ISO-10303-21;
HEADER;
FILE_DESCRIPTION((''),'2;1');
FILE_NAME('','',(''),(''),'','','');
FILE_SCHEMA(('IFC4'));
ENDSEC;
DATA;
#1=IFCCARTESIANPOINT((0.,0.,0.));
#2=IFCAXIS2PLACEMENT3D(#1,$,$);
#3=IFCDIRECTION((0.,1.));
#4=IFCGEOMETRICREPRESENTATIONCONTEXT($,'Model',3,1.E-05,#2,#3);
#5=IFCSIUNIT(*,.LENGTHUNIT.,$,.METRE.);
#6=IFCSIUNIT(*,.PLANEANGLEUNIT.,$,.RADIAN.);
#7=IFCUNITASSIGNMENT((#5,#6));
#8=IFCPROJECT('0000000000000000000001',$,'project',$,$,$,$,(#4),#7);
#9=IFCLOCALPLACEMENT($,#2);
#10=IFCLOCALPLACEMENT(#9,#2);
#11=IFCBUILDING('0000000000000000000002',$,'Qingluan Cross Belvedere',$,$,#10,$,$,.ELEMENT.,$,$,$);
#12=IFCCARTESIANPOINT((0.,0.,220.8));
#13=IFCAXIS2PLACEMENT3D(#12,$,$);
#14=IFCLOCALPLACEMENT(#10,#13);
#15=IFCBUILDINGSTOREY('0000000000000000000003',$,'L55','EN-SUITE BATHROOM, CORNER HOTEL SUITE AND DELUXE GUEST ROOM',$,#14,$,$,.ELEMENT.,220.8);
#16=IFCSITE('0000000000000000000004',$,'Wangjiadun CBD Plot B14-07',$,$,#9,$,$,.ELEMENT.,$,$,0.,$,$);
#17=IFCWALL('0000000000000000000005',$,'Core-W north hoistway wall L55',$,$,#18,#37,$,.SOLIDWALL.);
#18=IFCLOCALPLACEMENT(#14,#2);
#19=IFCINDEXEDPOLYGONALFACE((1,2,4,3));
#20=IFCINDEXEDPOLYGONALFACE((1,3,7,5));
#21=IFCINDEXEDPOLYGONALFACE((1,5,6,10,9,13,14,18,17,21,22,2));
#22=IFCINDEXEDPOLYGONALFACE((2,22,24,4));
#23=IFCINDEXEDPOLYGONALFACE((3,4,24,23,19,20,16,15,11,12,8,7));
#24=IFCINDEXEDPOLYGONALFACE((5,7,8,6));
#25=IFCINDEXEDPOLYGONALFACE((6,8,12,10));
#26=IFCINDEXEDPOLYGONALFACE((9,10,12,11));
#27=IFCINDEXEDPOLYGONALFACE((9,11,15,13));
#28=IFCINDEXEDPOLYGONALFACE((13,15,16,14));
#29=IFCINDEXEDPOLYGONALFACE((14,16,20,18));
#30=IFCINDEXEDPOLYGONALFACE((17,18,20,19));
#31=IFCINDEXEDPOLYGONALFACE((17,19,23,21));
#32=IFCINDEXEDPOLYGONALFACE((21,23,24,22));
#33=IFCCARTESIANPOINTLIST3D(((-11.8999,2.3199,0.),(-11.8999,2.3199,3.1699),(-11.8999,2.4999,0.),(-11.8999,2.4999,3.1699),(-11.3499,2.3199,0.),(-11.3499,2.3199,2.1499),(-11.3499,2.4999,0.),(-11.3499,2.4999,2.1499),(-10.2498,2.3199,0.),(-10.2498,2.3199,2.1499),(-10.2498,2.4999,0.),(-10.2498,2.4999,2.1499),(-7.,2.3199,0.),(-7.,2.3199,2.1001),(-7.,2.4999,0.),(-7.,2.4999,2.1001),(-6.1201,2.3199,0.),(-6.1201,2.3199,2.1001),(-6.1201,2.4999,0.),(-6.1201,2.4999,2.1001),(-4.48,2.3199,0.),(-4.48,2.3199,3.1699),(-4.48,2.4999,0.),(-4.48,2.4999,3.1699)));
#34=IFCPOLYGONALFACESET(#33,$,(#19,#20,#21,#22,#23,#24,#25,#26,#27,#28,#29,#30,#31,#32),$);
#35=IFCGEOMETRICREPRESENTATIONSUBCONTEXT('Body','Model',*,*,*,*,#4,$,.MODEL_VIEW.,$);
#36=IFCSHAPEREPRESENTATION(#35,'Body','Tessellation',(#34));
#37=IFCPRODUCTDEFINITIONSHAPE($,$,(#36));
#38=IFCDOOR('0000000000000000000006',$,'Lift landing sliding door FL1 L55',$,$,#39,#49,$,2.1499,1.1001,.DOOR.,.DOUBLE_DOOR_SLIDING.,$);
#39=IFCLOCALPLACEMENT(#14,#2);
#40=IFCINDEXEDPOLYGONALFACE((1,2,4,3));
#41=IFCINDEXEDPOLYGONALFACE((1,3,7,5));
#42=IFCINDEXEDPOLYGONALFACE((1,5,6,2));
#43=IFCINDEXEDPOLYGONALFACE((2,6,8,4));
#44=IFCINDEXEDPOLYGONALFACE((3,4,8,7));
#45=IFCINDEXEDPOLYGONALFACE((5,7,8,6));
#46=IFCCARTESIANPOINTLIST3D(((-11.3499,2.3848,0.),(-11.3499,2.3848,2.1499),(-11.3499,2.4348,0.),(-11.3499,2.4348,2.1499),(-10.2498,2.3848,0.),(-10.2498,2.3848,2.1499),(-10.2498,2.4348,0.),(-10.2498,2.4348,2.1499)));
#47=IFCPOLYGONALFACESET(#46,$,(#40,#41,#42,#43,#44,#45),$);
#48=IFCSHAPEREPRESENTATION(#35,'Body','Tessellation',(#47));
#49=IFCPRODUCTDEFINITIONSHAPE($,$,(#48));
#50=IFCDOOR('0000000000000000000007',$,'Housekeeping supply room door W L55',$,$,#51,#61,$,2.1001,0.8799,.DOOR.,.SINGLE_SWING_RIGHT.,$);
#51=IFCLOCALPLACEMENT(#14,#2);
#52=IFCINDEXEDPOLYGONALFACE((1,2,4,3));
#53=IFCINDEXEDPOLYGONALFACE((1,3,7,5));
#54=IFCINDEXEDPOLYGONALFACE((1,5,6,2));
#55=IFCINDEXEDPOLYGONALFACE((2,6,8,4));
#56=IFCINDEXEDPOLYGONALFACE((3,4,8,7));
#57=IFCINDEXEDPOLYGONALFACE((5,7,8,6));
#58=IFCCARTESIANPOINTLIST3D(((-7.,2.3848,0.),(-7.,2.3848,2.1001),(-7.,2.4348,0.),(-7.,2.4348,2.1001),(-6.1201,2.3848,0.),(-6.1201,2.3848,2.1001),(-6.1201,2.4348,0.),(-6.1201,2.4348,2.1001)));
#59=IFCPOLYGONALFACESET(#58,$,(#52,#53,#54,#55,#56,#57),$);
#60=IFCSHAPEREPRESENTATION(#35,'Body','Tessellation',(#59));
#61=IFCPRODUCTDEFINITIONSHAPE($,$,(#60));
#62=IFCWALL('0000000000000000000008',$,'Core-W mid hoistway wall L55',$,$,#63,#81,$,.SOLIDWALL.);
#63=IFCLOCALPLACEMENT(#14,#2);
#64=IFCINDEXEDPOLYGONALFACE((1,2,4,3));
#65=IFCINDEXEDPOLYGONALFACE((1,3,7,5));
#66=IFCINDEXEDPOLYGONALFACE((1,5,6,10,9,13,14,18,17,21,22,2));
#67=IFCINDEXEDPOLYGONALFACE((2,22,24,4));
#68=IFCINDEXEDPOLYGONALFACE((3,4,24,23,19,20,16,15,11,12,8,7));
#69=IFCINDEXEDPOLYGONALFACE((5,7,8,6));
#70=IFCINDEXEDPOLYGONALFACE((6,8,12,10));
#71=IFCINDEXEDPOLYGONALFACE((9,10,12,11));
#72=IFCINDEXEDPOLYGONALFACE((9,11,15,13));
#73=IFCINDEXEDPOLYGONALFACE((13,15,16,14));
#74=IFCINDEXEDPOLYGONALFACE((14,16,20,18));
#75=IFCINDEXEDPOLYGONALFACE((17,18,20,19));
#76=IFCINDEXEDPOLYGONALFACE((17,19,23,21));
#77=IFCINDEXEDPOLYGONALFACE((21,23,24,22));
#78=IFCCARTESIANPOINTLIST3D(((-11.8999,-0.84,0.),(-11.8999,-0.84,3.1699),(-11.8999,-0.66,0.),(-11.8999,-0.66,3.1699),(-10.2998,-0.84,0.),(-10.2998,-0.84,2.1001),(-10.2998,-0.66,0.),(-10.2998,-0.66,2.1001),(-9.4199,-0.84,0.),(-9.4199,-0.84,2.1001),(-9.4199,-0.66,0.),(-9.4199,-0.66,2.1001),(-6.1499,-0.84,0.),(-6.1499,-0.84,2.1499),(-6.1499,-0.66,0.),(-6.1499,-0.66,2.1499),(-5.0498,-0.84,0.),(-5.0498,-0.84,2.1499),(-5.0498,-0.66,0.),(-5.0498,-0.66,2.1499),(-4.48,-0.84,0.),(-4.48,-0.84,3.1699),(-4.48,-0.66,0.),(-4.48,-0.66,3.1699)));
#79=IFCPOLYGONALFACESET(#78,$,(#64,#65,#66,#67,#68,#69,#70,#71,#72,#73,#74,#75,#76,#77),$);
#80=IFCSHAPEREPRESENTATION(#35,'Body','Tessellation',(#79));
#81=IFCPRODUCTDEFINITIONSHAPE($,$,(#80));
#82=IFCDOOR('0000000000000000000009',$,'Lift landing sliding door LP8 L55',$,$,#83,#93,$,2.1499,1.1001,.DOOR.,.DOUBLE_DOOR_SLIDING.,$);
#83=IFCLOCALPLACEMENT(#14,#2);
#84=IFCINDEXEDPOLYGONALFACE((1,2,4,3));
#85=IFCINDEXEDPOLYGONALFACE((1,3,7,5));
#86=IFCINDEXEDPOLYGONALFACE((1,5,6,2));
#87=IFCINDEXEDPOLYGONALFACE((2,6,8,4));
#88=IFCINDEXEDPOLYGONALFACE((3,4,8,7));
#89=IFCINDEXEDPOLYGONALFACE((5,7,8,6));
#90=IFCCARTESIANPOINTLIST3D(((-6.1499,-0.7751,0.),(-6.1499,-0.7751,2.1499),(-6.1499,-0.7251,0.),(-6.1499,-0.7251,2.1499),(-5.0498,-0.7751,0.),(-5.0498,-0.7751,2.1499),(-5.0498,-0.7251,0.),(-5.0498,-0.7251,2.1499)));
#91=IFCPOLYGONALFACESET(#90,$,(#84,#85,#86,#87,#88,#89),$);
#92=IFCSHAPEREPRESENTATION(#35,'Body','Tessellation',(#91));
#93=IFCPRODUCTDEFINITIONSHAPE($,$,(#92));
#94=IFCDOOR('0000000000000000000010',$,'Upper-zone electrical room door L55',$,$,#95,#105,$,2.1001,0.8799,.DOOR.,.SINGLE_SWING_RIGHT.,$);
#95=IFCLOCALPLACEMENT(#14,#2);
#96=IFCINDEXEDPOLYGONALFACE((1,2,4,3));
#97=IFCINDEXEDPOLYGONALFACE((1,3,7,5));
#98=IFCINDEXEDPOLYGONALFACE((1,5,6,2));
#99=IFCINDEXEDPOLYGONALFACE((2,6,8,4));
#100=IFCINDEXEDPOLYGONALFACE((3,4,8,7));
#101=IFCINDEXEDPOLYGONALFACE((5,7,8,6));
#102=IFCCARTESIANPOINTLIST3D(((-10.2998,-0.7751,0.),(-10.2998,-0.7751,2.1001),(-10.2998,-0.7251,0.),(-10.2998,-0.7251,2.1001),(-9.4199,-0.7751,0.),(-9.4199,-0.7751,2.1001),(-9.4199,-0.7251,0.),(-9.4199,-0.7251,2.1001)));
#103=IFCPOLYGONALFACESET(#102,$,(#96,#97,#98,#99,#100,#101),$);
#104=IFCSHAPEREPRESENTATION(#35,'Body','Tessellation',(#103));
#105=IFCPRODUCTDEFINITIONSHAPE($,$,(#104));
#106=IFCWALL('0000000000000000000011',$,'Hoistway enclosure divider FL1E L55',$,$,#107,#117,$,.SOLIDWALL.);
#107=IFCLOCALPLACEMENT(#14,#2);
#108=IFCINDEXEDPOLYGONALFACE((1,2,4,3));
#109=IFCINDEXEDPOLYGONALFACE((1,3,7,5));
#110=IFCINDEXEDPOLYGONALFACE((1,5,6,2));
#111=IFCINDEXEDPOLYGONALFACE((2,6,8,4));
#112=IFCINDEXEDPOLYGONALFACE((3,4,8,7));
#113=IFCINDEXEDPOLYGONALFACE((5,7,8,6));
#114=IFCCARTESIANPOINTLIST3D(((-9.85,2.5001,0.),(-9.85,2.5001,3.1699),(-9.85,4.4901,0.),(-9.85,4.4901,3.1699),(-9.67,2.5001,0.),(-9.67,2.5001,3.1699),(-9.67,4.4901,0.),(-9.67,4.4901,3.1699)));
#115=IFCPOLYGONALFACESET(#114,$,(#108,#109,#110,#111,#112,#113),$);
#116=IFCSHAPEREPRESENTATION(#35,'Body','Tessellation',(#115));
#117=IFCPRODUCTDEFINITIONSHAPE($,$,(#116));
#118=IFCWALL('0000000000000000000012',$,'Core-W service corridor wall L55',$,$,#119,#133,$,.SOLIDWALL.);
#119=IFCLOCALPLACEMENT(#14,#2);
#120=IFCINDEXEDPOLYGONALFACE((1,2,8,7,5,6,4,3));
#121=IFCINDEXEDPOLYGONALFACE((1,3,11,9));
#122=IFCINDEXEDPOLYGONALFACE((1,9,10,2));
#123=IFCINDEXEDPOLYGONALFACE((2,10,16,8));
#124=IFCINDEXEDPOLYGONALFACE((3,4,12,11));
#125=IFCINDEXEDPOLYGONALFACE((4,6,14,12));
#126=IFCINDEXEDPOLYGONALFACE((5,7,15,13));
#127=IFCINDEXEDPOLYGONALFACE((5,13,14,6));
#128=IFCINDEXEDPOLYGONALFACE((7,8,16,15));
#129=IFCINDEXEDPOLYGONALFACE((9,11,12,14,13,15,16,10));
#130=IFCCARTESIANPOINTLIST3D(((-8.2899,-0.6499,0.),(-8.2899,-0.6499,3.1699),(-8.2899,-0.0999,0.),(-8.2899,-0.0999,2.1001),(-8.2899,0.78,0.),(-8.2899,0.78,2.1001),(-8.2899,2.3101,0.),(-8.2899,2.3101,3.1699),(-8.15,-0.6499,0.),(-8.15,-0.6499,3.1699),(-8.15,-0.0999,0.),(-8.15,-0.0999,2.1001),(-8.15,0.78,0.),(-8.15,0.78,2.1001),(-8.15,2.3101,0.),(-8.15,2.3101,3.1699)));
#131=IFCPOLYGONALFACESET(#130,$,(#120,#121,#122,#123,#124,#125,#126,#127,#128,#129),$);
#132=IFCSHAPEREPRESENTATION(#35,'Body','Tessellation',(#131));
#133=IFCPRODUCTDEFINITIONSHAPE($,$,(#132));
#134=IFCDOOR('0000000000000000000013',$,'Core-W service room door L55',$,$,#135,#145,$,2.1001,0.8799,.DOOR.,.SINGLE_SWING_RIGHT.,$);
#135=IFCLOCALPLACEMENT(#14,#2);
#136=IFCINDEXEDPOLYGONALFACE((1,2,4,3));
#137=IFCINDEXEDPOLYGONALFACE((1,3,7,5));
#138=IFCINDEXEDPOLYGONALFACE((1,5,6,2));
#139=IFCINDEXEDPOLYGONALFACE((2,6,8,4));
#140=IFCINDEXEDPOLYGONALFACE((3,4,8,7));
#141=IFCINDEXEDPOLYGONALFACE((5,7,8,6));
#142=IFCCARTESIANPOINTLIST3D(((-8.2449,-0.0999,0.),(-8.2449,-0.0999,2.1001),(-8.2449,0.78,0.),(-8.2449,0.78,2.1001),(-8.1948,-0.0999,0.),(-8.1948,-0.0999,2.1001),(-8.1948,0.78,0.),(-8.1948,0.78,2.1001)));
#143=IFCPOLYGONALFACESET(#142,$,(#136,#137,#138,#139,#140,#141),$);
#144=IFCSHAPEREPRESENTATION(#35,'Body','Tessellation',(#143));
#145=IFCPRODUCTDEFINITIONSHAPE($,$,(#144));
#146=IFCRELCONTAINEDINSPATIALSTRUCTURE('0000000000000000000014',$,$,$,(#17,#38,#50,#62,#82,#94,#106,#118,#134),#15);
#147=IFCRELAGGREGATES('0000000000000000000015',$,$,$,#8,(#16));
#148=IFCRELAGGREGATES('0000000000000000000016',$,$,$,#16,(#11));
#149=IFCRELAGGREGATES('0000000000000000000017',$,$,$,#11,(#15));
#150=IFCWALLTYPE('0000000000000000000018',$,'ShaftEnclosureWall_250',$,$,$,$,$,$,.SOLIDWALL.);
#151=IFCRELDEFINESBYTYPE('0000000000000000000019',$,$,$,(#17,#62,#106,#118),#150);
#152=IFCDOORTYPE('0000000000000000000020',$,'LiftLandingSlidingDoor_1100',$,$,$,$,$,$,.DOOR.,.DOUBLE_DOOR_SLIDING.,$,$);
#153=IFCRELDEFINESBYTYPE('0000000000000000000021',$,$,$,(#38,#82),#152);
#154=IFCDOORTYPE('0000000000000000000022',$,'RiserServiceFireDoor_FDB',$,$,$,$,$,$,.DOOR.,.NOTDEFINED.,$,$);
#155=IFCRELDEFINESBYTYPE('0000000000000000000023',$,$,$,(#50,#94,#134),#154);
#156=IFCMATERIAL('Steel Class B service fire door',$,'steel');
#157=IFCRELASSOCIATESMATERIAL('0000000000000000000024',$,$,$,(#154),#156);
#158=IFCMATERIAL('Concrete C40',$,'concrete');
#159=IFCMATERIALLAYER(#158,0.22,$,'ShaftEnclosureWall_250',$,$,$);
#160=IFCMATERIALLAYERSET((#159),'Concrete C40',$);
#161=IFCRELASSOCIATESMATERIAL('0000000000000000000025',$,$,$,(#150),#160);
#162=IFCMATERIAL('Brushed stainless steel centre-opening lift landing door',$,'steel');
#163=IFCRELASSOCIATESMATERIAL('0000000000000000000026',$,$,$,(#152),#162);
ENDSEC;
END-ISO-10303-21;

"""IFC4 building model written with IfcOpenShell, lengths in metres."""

from ifc_helpers import new_model, si_unit, direction, frame, frame_2d, origin, place, context, subcontext, project, spatial, rectangle, extrude, material, layer, layer_set, type_object, element, fill, save


model = new_model("IFC4")

# Units and contexts
model_context = context("Model", 3, precision=1e-05, world=origin(), true_north=direction((0.0, 1.0)))
body_context = subcontext(model_context, "Body", "Model", "MODEL_VIEW")
ifc_project = project(units=[si_unit("LENGTHUNIT", "METRE"), si_unit("PLANEANGLEUNIT", "RADIAN")], contexts=[model_context])

# Site, building, storey
site_placement = place(None, origin())
site = spatial("IfcSite", under=ifc_project, at=site_placement, Name="Wangjiadun CBD Plot B14-07", CompositionType="ELEMENT", RefElevation=0.0)
building_placement = place(site_placement, origin())
building = spatial("IfcBuilding", under=site, at=building_placement, Name="Qingluan Cross Belvedere", CompositionType="ELEMENT")
storey_placement = place(building_placement, frame((0.0, 0.0, 220.8)))
storey = spatial("IfcBuildingStorey", under=building, at=storey_placement, Name="L55", Description="EN-SUITE BATHROOM, CORNER HOTEL SUITE AND DELUXE GUEST ROOM", CompositionType="ELEMENT", Elevation=220.8)

# Shared definitions
ifc_material_1 = material(Name="Steel Class B service fire door", Category="steel")
door_type_1 = type_object("IfcDoorType", Name="RiserServiceFireDoor_FDB", OperationType="NOTDEFINED", PredefinedType="DOOR", material=ifc_material_1)

# Walls, openings, doors
ifc_material_2 = material(Name="Concrete C40", Category="concrete")
ifc_layer_1 = layer(ifc_material_2, 0.22, Name="ShaftEnclosureWall_250")
ifc_layer_set_1 = layer_set([ifc_layer_1], Name="Concrete C40")
wall_type_1 = type_object("IfcWallType", Name="ShaftEnclosureWall_250", PredefinedType="SOLIDWALL", material=ifc_layer_set_1)
wall_1_placement = place(storey_placement, frame((-11.8999, 2.4099, 0.0), z_axis=(0.0, 0.0, 1.0), x_axis=(1.0, 0.0, 0.0)))
wall_1 = element("IfcWall", 1, at=wall_1_placement, inside=storey, type_object=wall_type_1, Name="Core-W north hoistway wall L55", PredefinedType="SOLIDWALL", context=body_context, shape_type="SweptSolid", body=[
    extrude(rectangle(XDim=7.4199, YDim=0.1799, at=frame_2d((3.71, 0.0))), origin(), (0.0, 0.0, 1.0), 3.1699),
])
opening_1_placement = place(wall_1_placement, frame((0.55, 0.0, 0.0)))
opening_1 = element("IfcOpeningElement", 2, at=opening_1_placement, cuts=wall_1, PredefinedType="OPENING", context=body_context, shape_type="SweptSolid", body=[
    extrude(rectangle(XDim=1.1001, YDim=2.1499, at=frame_2d((0.55, 1.075))), frame((0.0, 0.0999, 0.0), z_axis=(0.0, -1.0, 0.0), x_axis=(1.0, 0.0, 0.0)), (0.0, 0.0, 1.0), 0.2),
])
opening_2_placement = place(wall_1_placement, frame((4.8999, 0.0, 0.0)))
opening_2 = element("IfcOpeningElement", 3, at=opening_2_placement, cuts=wall_1, PredefinedType="OPENING", context=body_context, shape_type="SweptSolid", body=[
    extrude(rectangle(XDim=0.8799, YDim=2.1001, at=frame_2d((0.4399, 1.05))), frame((0.0, 0.0999, 0.0), z_axis=(0.0, -1.0, 0.0), x_axis=(1.0, 0.0, 0.0)), (0.0, 0.0, 1.0), 0.2),
])
ifc_material_3 = material(Name="Brushed stainless steel centre-opening lift landing door", Category="steel")
door_type_2 = type_object("IfcDoorType", Name="LiftLandingSlidingDoor_1100", OperationType="DOUBLE_DOOR_SLIDING", PredefinedType="DOOR", material=ifc_material_3)
door_1_placement = place(opening_1_placement, origin())
door_1 = element("IfcDoor", 4, at=door_1_placement, inside=storey, type_object=door_type_2, Name="Lift landing sliding door FL1 L55", OperationType="DOUBLE_DOOR_SLIDING", OverallHeight=2.1499, OverallWidth=1.1001, PredefinedType="DOOR", context=body_context, shape_type="SweptSolid", body=[
    extrude(rectangle(XDim=1.1001, YDim=2.1499, at=frame_2d((0.55, 1.075))), frame((0.0, 0.0249, 0.0), z_axis=(0.0, -1.0, 0.0), x_axis=(1.0, 0.0, 0.0)), (0.0, 0.0, 1.0), 0.05),
])
fill(opening_1, door_1)
door_2_placement = place(opening_2_placement, origin())
door_2 = element("IfcDoor", 5, at=door_2_placement, inside=storey, type_object=door_type_1, Name="Housekeeping supply room door W L55", OperationType="SINGLE_SWING_RIGHT", OverallHeight=2.1001, OverallWidth=0.8799, PredefinedType="DOOR", context=body_context, shape_type="SweptSolid", body=[
    extrude(rectangle(XDim=0.8799, YDim=2.1001, at=frame_2d((0.4399, 1.05))), frame((0.0, 0.0249, 0.0), z_axis=(0.0, -1.0, 0.0), x_axis=(1.0, 0.0, 0.0)), (0.0, 0.0, 1.0), 0.05),
])
fill(opening_2, door_2)
wall_2_placement = place(storey_placement, frame((-11.8999, -0.75, 0.0), z_axis=(0.0, 0.0, 1.0), x_axis=(1.0, 0.0, 0.0)))
wall_2 = element("IfcWall", 6, at=wall_2_placement, inside=storey, type_object=wall_type_1, Name="Core-W mid hoistway wall L55", PredefinedType="SOLIDWALL", context=body_context, shape_type="SweptSolid", body=[
    extrude(rectangle(XDim=7.4199, YDim=0.1799, at=frame_2d((3.71, 0.0))), origin(), (0.0, 0.0, 1.0), 3.1699),
])
opening_3_placement = place(wall_2_placement, frame((5.75, 0.0, 0.0)))
opening_3 = element("IfcOpeningElement", 7, at=opening_3_placement, cuts=wall_2, PredefinedType="OPENING", context=body_context, shape_type="SweptSolid", body=[
    extrude(rectangle(XDim=1.1001, YDim=2.1499, at=frame_2d((0.55, 1.075))), frame((0.0, 0.0999, 0.0), z_axis=(0.0, -1.0, 0.0), x_axis=(1.0, 0.0, 0.0)), (0.0, 0.0, 1.0), 0.2),
])
opening_4_placement = place(wall_2_placement, frame((1.6001, 0.0, 0.0)))
opening_4 = element("IfcOpeningElement", 8, at=opening_4_placement, cuts=wall_2, PredefinedType="OPENING", context=body_context, shape_type="SweptSolid", body=[
    extrude(rectangle(XDim=0.8799, YDim=2.1001, at=frame_2d((0.4399, 1.05))), frame((0.0, 0.0999, 0.0), z_axis=(0.0, -1.0, 0.0), x_axis=(1.0, 0.0, 0.0)), (0.0, 0.0, 1.0), 0.2),
])
door_3_placement = place(opening_3_placement, origin())
door_3 = element("IfcDoor", 9, at=door_3_placement, inside=storey, type_object=door_type_2, Name="Lift landing sliding door LP8 L55", OperationType="DOUBLE_DOOR_SLIDING", OverallHeight=2.1499, OverallWidth=1.1001, PredefinedType="DOOR", context=body_context, shape_type="SweptSolid", body=[
    extrude(rectangle(XDim=1.1001, YDim=2.1499, at=frame_2d((0.55, 1.075))), frame((0.0, 0.0249, 0.0), z_axis=(0.0, -1.0, 0.0), x_axis=(1.0, 0.0, 0.0)), (0.0, 0.0, 1.0), 0.05),
])
fill(opening_3, door_3)
door_4_placement = place(opening_4_placement, origin())
door_4 = element("IfcDoor", 10, at=door_4_placement, inside=storey, type_object=door_type_1, Name="Upper-zone electrical room door L55", OperationType="SINGLE_SWING_RIGHT", OverallHeight=2.1001, OverallWidth=0.8799, PredefinedType="DOOR", context=body_context, shape_type="SweptSolid", body=[
    extrude(rectangle(XDim=0.8799, YDim=2.1001, at=frame_2d((0.4399, 1.05))), frame((0.0, 0.0249, 0.0), z_axis=(0.0, -1.0, 0.0), x_axis=(1.0, 0.0, 0.0)), (0.0, 0.0, 1.0), 0.05),
])
fill(opening_4, door_4)

# Wall
wall_3_placement = place(storey_placement, frame((-9.76, 2.5, 0.0), z_axis=(0.0, 0.0, 1.0), x_axis=(0.0, 1.0, 0.0)))
element("IfcWall", 11, at=wall_3_placement, inside=storey, type_object=wall_type_1, Name="Hoistway enclosure divider FL1E L55", PredefinedType="SOLIDWALL", context=body_context, shape_type="SweptSolid", body=[
    extrude(rectangle(XDim=1.99, YDim=0.1799, at=frame_2d((0.9951, 0.0))), origin(), (0.0, 0.0, 1.0), 3.1699),
])

# Wall, opening, door
wall_4_placement = place(storey_placement, frame((-8.22, -0.6499, 0.0), z_axis=(0.0, 0.0, 1.0), x_axis=(0.0, 1.0, 0.0)))
wall_4 = element("IfcWall", 12, at=wall_4_placement, inside=storey, type_object=wall_type_1, Name="Core-W service corridor wall L55", PredefinedType="SOLIDWALL", context=body_context, shape_type="SweptSolid", body=[
    extrude(rectangle(XDim=2.96, YDim=0.1399, at=frame_2d((1.48, 0.0))), origin(), (0.0, 0.0, 1.0), 3.1699),
])
opening_5_placement = place(wall_4_placement, frame((0.55, 0.0, 0.0)))
opening_5 = element("IfcOpeningElement", 13, at=opening_5_placement, cuts=wall_4, PredefinedType="OPENING", context=body_context, shape_type="SweptSolid", body=[
    extrude(rectangle(XDim=0.8799, YDim=2.1001, at=frame_2d((0.4399, 1.05))), frame((0.0, 0.0798, 0.0), z_axis=(0.0, -1.0, 0.0), x_axis=(1.0, 0.0, 0.0)), (0.0, 0.0, 1.0), 0.1599),
])
door_5_placement = place(opening_5_placement, origin())
door_5 = element("IfcDoor", 14, at=door_5_placement, inside=storey, type_object=door_type_1, Name="Core-W service room door L55", OperationType="SINGLE_SWING_RIGHT", OverallHeight=2.1001, OverallWidth=0.8799, PredefinedType="DOOR", context=body_context, shape_type="SweptSolid", body=[
    extrude(rectangle(XDim=0.8799, YDim=2.1001, at=frame_2d((0.4399, 1.05))), frame((0.0, 0.0249, 0.0), z_axis=(0.0, -1.0, 0.0), x_axis=(1.0, 0.0, 0.0)), (0.0, 0.0, 1.0), 0.05),
])
fill(opening_5, door_5)

save(model, "model.ifc")
